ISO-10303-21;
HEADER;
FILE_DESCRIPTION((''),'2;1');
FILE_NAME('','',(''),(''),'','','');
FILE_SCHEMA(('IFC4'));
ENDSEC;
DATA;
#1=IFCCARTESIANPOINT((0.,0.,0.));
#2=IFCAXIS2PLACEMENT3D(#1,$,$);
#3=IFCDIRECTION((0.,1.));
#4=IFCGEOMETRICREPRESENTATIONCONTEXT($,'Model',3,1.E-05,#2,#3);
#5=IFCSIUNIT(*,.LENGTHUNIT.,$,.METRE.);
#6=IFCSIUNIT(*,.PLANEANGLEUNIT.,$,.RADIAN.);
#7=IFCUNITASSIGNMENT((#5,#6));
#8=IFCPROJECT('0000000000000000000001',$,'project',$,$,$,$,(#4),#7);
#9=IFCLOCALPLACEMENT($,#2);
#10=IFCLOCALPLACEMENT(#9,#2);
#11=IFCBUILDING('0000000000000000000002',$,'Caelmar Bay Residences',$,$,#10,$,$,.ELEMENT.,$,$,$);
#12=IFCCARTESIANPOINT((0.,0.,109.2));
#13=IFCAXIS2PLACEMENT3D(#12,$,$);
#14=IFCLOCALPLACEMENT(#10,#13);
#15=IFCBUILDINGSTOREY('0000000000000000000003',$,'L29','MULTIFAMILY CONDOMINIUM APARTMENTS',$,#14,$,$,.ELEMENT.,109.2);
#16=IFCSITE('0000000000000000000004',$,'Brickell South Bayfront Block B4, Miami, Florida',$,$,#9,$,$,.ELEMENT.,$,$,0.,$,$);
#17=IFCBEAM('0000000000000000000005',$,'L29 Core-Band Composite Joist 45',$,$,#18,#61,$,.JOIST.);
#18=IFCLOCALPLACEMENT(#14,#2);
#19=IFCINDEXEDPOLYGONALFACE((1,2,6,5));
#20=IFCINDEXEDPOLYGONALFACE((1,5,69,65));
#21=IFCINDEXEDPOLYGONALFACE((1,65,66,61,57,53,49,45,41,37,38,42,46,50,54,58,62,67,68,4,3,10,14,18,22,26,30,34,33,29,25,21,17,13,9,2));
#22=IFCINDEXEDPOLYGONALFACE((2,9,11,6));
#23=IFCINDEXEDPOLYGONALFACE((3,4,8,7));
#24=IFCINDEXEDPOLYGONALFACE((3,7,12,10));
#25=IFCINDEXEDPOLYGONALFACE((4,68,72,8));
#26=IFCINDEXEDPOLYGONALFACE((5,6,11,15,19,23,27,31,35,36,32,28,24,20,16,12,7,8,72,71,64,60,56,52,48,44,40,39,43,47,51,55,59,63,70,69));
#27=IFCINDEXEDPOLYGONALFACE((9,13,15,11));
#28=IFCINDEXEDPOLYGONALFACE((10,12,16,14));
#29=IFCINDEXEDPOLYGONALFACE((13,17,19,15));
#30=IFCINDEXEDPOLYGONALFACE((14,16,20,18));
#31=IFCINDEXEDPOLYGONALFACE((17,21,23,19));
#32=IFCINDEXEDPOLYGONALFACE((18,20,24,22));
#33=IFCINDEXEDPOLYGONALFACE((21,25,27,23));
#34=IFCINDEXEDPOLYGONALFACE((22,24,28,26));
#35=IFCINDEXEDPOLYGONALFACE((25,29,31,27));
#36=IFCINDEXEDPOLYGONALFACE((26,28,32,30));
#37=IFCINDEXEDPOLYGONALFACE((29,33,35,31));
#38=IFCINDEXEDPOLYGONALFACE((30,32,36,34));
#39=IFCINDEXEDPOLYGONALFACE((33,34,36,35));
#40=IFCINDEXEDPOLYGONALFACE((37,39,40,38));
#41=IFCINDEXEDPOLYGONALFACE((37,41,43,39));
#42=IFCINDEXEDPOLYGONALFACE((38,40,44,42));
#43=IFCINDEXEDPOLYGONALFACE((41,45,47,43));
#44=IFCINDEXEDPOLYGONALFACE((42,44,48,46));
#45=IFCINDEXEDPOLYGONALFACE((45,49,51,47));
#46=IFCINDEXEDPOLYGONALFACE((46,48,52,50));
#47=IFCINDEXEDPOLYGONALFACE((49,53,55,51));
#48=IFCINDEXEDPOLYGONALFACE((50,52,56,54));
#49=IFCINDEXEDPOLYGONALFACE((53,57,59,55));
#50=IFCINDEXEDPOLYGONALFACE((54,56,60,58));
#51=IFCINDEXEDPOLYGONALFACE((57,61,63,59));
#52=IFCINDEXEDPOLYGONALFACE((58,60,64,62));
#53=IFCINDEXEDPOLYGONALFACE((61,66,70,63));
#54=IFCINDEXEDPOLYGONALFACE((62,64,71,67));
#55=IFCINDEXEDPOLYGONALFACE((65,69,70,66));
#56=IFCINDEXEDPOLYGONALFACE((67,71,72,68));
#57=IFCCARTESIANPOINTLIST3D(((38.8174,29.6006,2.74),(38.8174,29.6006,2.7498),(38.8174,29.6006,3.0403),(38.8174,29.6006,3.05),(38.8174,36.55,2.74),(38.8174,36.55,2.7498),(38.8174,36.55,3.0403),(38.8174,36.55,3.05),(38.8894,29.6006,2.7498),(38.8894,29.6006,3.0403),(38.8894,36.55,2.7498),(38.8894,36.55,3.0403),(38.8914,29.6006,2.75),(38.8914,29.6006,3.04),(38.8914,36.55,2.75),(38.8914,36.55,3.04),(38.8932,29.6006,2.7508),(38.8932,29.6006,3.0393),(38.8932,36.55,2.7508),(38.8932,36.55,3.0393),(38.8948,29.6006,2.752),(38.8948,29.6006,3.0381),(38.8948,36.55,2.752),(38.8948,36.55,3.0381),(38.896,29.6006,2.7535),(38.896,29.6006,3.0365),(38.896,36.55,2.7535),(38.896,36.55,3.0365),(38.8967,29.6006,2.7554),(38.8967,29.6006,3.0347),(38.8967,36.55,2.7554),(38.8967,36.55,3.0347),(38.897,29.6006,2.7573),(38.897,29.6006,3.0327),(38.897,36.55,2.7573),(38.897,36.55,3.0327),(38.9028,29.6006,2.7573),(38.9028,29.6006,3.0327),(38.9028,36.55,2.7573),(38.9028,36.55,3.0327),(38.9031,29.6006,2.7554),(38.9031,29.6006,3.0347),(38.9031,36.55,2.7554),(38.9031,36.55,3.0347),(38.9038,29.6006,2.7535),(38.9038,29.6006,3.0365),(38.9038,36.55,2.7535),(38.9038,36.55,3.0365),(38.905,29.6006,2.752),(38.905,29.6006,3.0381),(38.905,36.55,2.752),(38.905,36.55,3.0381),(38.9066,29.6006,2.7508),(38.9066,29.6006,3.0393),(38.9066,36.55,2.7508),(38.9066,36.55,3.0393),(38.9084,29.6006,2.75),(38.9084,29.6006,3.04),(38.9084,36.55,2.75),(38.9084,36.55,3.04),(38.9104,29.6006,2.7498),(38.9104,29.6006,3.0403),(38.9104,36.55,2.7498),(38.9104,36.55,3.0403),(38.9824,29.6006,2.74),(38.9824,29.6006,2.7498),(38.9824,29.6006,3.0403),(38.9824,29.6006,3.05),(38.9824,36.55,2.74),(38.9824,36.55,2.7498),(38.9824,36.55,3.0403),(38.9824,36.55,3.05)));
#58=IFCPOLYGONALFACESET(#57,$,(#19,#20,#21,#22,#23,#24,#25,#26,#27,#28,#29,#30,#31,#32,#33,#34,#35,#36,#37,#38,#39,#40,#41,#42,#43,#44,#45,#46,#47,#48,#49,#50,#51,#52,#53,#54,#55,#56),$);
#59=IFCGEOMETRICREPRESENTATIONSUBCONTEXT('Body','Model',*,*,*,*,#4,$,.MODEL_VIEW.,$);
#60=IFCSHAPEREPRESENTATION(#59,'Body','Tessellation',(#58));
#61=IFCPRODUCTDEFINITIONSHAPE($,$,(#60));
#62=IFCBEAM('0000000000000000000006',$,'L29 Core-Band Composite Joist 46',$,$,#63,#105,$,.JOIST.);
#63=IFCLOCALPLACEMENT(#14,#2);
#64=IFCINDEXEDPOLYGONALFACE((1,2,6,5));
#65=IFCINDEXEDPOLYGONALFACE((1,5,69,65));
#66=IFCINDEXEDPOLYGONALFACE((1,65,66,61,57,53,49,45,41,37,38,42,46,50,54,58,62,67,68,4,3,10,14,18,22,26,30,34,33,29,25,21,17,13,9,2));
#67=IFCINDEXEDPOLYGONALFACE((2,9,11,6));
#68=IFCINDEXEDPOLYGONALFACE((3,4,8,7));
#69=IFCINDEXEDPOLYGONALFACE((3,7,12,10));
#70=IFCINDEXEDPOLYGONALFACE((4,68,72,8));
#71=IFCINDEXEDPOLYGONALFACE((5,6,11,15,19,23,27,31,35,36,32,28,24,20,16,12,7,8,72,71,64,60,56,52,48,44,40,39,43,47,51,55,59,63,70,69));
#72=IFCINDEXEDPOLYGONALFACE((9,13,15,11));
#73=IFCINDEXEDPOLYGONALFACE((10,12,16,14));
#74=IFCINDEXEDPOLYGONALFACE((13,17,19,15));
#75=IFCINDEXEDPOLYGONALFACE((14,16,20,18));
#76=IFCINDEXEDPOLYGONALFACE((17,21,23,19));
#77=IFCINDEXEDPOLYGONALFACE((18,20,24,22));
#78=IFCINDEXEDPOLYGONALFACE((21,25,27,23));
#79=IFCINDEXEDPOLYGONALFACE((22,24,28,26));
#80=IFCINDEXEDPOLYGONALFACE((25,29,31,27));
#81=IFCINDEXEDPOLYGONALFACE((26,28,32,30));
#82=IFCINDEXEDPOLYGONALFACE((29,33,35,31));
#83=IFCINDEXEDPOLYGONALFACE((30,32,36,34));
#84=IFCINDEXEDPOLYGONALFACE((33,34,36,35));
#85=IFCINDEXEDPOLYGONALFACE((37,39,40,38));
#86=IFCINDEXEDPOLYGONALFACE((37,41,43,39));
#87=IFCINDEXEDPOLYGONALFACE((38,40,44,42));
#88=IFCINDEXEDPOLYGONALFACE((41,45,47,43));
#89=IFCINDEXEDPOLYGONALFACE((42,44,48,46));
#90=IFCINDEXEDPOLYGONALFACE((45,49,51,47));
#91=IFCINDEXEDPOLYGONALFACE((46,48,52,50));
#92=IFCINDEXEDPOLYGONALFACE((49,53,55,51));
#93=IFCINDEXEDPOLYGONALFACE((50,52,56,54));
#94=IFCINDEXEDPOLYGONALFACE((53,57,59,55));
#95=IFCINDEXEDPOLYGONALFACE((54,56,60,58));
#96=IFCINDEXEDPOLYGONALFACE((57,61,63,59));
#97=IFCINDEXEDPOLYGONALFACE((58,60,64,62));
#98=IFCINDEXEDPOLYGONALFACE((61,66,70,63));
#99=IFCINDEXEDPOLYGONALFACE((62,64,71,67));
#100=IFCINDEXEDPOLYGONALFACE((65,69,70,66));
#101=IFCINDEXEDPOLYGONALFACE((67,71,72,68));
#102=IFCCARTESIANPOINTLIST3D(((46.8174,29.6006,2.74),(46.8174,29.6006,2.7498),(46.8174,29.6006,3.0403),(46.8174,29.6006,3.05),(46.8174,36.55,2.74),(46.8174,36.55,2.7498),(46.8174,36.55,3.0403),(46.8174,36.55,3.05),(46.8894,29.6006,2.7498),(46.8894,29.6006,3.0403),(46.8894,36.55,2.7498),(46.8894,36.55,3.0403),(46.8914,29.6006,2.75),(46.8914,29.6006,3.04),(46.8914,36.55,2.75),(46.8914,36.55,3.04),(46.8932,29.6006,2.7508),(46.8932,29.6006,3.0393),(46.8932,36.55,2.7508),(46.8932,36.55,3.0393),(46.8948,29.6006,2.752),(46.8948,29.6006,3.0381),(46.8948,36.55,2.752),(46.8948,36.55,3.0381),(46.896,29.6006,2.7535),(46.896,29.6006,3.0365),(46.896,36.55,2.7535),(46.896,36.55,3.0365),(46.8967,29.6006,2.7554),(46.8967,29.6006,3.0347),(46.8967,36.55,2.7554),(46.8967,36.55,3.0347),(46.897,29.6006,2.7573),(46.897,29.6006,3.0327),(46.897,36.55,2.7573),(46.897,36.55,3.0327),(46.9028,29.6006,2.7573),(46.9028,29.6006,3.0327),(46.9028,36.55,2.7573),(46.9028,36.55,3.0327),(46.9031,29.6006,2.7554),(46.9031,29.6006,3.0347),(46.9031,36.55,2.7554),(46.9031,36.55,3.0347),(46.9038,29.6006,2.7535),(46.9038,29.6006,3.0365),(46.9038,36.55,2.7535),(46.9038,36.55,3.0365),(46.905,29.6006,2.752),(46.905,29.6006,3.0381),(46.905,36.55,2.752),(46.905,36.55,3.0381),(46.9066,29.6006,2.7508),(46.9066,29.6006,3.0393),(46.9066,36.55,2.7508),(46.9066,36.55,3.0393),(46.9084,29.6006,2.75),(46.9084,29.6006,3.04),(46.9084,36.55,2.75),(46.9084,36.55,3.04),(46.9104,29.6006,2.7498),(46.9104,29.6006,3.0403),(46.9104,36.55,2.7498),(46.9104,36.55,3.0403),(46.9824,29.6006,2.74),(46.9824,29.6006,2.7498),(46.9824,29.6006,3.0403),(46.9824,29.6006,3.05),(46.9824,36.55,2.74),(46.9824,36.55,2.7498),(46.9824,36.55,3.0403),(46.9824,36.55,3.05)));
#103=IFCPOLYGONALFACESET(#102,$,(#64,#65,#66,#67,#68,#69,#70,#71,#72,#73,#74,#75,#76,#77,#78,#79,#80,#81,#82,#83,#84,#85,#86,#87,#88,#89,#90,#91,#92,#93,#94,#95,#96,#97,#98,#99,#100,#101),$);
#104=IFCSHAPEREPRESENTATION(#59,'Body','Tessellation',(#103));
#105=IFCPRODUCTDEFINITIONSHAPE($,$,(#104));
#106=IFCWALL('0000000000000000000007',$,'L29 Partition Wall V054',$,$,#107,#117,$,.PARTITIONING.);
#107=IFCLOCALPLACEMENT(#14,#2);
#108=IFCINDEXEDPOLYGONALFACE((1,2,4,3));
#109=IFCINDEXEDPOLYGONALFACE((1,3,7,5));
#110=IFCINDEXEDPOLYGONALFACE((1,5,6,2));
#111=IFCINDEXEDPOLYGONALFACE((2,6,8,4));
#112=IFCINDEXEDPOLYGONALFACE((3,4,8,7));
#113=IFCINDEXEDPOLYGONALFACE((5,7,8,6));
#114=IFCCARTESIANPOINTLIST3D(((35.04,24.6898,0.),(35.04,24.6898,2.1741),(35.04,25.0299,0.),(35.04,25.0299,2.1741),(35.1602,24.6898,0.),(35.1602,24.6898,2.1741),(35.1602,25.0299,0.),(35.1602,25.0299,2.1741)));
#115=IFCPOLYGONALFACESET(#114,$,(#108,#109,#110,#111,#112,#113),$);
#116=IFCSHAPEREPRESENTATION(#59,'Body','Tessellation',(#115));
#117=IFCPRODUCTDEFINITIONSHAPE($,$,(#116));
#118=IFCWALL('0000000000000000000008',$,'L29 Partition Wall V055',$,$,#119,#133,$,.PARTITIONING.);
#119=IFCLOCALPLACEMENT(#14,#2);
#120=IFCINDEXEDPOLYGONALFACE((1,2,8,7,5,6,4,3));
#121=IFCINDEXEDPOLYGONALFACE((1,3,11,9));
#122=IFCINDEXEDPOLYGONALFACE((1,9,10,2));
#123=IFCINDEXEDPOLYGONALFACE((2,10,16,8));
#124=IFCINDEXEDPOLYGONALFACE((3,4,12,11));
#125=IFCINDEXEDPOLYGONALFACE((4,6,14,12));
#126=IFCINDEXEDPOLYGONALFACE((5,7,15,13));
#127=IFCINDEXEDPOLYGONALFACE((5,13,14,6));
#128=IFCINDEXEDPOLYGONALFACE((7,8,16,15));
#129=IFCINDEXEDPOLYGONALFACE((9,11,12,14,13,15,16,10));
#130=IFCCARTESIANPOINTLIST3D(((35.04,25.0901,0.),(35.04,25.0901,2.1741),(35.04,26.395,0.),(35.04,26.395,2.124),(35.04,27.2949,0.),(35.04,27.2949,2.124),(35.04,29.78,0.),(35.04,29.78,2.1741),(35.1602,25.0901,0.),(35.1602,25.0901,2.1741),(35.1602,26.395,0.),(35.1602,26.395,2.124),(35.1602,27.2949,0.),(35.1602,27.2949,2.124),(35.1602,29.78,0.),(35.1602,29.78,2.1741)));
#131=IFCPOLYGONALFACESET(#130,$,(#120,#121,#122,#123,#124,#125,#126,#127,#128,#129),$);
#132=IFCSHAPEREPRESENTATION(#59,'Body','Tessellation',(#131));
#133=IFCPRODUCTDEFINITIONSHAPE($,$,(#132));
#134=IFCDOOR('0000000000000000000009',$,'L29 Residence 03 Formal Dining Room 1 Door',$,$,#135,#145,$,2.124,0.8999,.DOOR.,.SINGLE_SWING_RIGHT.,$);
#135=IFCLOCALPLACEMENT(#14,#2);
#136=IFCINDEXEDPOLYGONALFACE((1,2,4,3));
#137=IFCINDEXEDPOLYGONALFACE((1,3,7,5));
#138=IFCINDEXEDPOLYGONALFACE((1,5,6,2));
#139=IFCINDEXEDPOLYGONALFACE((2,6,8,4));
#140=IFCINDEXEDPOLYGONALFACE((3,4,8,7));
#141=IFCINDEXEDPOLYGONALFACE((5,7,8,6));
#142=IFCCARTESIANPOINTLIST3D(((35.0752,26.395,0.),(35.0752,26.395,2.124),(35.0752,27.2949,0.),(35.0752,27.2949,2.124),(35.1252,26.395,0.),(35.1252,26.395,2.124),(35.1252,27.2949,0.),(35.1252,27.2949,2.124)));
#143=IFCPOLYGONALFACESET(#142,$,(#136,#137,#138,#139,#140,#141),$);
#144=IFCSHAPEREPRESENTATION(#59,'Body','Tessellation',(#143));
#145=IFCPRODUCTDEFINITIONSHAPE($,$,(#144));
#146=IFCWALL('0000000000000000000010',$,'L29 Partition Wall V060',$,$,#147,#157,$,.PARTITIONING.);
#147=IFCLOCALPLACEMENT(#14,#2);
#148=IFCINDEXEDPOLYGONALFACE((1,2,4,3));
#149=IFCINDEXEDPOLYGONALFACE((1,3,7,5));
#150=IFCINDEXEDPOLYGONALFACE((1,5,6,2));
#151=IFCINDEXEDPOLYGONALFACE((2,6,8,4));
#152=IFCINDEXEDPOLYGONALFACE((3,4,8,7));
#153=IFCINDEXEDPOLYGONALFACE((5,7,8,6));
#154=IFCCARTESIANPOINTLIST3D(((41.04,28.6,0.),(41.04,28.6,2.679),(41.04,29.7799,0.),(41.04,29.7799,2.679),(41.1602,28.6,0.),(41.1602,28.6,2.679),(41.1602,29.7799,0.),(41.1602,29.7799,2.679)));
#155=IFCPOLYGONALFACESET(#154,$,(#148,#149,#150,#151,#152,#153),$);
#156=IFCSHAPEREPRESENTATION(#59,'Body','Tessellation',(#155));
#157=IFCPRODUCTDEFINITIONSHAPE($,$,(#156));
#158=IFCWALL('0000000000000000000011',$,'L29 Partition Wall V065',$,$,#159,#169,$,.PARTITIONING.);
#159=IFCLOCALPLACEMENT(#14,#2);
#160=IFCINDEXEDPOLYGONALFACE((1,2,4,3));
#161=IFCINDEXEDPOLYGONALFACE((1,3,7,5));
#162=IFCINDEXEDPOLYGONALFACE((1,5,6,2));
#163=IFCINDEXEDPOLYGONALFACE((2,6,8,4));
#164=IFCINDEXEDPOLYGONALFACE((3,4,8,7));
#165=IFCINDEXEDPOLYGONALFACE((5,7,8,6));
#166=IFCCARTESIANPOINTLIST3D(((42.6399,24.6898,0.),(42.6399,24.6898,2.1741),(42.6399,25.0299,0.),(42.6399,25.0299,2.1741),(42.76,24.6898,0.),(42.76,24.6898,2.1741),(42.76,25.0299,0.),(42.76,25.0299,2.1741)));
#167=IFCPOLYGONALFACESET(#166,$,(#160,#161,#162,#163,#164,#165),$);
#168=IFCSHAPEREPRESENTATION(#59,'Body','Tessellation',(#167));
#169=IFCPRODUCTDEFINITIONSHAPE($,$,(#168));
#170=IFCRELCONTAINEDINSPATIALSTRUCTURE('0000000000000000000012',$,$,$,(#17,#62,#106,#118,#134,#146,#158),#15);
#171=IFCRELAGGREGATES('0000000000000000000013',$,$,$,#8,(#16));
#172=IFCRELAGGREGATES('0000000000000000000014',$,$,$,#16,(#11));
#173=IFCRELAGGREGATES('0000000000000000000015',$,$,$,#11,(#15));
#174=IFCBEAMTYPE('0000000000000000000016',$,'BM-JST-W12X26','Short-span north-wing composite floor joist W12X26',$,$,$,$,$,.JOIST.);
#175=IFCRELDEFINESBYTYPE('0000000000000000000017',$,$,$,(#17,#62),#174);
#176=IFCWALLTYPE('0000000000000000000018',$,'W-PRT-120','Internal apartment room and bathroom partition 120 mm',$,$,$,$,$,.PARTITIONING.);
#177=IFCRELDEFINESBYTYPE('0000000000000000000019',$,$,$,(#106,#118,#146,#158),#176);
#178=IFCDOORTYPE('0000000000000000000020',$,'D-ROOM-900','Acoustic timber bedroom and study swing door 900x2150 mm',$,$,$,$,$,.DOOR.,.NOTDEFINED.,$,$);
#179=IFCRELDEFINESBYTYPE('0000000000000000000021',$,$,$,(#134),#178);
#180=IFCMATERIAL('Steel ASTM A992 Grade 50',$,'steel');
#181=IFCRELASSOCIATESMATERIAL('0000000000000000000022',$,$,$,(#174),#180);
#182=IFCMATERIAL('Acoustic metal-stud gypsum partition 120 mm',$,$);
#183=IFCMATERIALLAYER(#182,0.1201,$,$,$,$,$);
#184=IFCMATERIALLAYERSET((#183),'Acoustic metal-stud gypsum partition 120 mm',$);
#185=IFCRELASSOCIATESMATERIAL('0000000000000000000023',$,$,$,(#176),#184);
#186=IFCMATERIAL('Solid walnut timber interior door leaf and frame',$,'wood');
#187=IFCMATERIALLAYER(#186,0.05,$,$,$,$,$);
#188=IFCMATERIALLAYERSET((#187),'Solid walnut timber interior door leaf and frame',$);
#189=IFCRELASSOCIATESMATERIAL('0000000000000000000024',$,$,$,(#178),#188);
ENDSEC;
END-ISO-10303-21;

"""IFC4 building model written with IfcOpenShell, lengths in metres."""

from ifc_helpers import new_model, si_unit, direction, frame, frame_2d, origin, origin_2d, place, context, subcontext, project, spatial, rectangle, i_section, extrude, material, layer, layer_set, material_profile, profile_set, type_object, element, fill, save


model = new_model("IFC4")

# Units and contexts
model_context = context("Model", 3, precision=1e-05, world=origin(), true_north=direction((0.0, 1.0)))
body_context = subcontext(model_context, "Body", "Model", "MODEL_VIEW")
ifc_project = project(units=[si_unit("LENGTHUNIT", "METRE"), si_unit("PLANEANGLEUNIT", "RADIAN")], contexts=[model_context])

# Site, building, storey
site_placement = place(None, origin())
site = spatial("IfcSite", under=ifc_project, at=site_placement, Name="Brickell South Bayfront Block B4, Miami, Florida", CompositionType="ELEMENT", RefElevation=0.0)
building_placement = place(site_placement, origin())
building = spatial("IfcBuilding", under=site, at=building_placement, Name="Caelmar Bay Residences", CompositionType="ELEMENT")
storey_placement = place(building_placement, frame((0.0, 0.0, 109.2)))
storey = spatial("IfcBuildingStorey", under=building, at=storey_placement, Name="L29", Description="MULTIFAMILY CONDOMINIUM APARTMENTS", CompositionType="ELEMENT", Elevation=109.2)

# Beams
ifc_material_1 = material(Name="Steel ASTM A992 Grade 50", Category="steel")
ifc_material_profile_1 = material_profile(ifc_material_1, i_section(OverallWidth=0.165, OverallDepth=0.3101, WebThickness=0.0059, FlangeThickness=0.0098, FilletRadius=0.0076, at=origin_2d()), Name="W12X26")
ifc_profile_set_1 = profile_set([ifc_material_profile_1], Name="Steel ASTM A992 Grade 50")
beam_type_1 = type_object("IfcBeamType", Name="BM-JST-W12X26", Description="Short-span north-wing composite floor joist W12X26", PredefinedType="JOIST", material=ifc_profile_set_1)
for number, where, z_axis, x_axis, name in (
    (1, (38.8999, 29.6006, 2.895), (0.0, 1.0, 0.0), (-1.0, 0.0, 0.0), "L29 Core-Band Composite Joist 45"),
    (2, (46.8999, 29.6006, 2.895), (0.0, 1.0, 0.0), (-1.0, 0.0, 0.0), "L29 Core-Band Composite Joist 46"),
):
    element("IfcBeam", number, at=place(storey_placement, frame(where, z_axis=z_axis, x_axis=x_axis)), inside=storey, type_object=beam_type_1, Name=name, PredefinedType="JOIST", context=body_context, shape_type="SweptSolid", body=[
        extrude(i_section(OverallWidth=0.165, OverallDepth=0.3101, WebThickness=0.0059, FlangeThickness=0.0098, FilletRadius=0.0076, at=origin_2d()), origin(), (0.0, 0.0, 1.0), 6.9495),
    ])

# Wall
ifc_material_2 = material(Name="Acoustic metal-stud gypsum partition 120 mm")
ifc_layer_1 = layer(ifc_material_2, 0.1201)
ifc_layer_set_1 = layer_set([ifc_layer_1], Name="Acoustic metal-stud gypsum partition 120 mm")
wall_type = type_object("IfcWallType", Name="W-PRT-120", Description="Internal apartment room and bathroom partition 120 mm", PredefinedType="PARTITIONING", material=ifc_layer_set_1)
wall_1_placement = place(storey_placement, frame((35.1001, 24.6899, 0.0), z_axis=(0.0, 0.0, 1.0), x_axis=(0.0, 1.0, 0.0)))
element("IfcWall", 3, at=wall_1_placement, inside=storey, type_object=wall_type, Name="L29 Partition Wall V054", PredefinedType="PARTITIONING", context=body_context, shape_type="SweptSolid", body=[
    extrude(rectangle(XDim=0.3401, YDim=0.1201, at=frame_2d((0.1699, 0.0))), origin(), (0.0, 0.0, 1.0), 2.1741),
])

# Wall, opening, door
wall_2_placement = place(storey_placement, frame((35.1001, 25.0901, 0.0), z_axis=(0.0, 0.0, 1.0), x_axis=(0.0, 1.0, 0.0)))
wall_2 = element("IfcWall", 4, at=wall_2_placement, inside=storey, type_object=wall_type, Name="L29 Partition Wall V055", PredefinedType="PARTITIONING", context=body_context, shape_type="SweptSolid", body=[
    extrude(rectangle(XDim=4.6899, YDim=0.1201, at=frame_2d((2.345, 0.0))), origin(), (0.0, 0.0, 1.0), 2.1741),
])
opening_1_placement = place(wall_2_placement, frame((1.3049, 0.0, 0.0)))
opening_1 = element("IfcOpeningElement", 5, at=opening_1_placement, cuts=wall_2, PredefinedType="OPENING", context=body_context, shape_type="SweptSolid", body=[
    extrude(rectangle(XDim=0.8999, YDim=2.124, at=frame_2d((0.45, 1.062))), frame((0.0, 0.0701, 0.0), z_axis=(0.0, -1.0, 0.0), x_axis=(1.0, 0.0, 0.0)), (0.0, 0.0, 1.0), 0.1401),
])
ifc_material_3 = material(Name="Solid walnut timber interior door leaf and frame", Category="wood")
ifc_layer_2 = layer(ifc_material_3, 0.05)
ifc_layer_set_2 = layer_set([ifc_layer_2], Name="Solid walnut timber interior door leaf and frame")
door_type = type_object("IfcDoorType", Name="D-ROOM-900", Description="Acoustic timber bedroom and study swing door 900x2150 mm", OperationType="NOTDEFINED", PredefinedType="DOOR", material=ifc_layer_set_2)
door_1_placement = place(opening_1_placement, origin())
door_1 = element("IfcDoor", 6, at=door_1_placement, inside=storey, type_object=door_type, Name="L29 Residence 03 Formal Dining Room 1 Door", OperationType="SINGLE_SWING_RIGHT", OverallHeight=2.124, OverallWidth=0.8999, PredefinedType="DOOR", context=body_context, shape_type="SweptSolid", body=[
    extrude(rectangle(XDim=0.8999, YDim=2.124, at=frame_2d((0.45, 1.062))), frame((0.0, 0.0249, 0.0), z_axis=(0.0, -1.0, 0.0), x_axis=(1.0, 0.0, 0.0)), (0.0, 0.0, 1.0), 0.05),
])
fill(opening_1, door_1)

# Walls
wall_3_placement = place(storey_placement, frame((41.1001, 28.6001, 0.0), z_axis=(0.0, 0.0, 1.0), x_axis=(0.0, 1.0, 0.0)))
element("IfcWall", 7, at=wall_3_placement, inside=storey, type_object=wall_type, Name="L29 Partition Wall V060", PredefinedType="PARTITIONING", context=body_context, shape_type="SweptSolid", body=[
    extrude(rectangle(XDim=1.1799, YDim=0.1201, at=frame_2d((0.5898, 0.0))), origin(), (0.0, 0.0, 1.0), 2.679),
])
wall_4_placement = place(storey_placement, frame((42.7, 24.6899, 0.0), z_axis=(0.0, 0.0, 1.0), x_axis=(0.0, 1.0, 0.0)))
element("IfcWall", 8, at=wall_4_placement, inside=storey, type_object=wall_type, Name="L29 Partition Wall V065", PredefinedType="PARTITIONING", context=body_context, shape_type="SweptSolid", body=[
    extrude(rectangle(XDim=0.3401, YDim=0.1201, at=frame_2d((0.1699, 0.0))), origin(), (0.0, 0.0, 1.0), 2.1741),
])

save(model, "model.ifc")
